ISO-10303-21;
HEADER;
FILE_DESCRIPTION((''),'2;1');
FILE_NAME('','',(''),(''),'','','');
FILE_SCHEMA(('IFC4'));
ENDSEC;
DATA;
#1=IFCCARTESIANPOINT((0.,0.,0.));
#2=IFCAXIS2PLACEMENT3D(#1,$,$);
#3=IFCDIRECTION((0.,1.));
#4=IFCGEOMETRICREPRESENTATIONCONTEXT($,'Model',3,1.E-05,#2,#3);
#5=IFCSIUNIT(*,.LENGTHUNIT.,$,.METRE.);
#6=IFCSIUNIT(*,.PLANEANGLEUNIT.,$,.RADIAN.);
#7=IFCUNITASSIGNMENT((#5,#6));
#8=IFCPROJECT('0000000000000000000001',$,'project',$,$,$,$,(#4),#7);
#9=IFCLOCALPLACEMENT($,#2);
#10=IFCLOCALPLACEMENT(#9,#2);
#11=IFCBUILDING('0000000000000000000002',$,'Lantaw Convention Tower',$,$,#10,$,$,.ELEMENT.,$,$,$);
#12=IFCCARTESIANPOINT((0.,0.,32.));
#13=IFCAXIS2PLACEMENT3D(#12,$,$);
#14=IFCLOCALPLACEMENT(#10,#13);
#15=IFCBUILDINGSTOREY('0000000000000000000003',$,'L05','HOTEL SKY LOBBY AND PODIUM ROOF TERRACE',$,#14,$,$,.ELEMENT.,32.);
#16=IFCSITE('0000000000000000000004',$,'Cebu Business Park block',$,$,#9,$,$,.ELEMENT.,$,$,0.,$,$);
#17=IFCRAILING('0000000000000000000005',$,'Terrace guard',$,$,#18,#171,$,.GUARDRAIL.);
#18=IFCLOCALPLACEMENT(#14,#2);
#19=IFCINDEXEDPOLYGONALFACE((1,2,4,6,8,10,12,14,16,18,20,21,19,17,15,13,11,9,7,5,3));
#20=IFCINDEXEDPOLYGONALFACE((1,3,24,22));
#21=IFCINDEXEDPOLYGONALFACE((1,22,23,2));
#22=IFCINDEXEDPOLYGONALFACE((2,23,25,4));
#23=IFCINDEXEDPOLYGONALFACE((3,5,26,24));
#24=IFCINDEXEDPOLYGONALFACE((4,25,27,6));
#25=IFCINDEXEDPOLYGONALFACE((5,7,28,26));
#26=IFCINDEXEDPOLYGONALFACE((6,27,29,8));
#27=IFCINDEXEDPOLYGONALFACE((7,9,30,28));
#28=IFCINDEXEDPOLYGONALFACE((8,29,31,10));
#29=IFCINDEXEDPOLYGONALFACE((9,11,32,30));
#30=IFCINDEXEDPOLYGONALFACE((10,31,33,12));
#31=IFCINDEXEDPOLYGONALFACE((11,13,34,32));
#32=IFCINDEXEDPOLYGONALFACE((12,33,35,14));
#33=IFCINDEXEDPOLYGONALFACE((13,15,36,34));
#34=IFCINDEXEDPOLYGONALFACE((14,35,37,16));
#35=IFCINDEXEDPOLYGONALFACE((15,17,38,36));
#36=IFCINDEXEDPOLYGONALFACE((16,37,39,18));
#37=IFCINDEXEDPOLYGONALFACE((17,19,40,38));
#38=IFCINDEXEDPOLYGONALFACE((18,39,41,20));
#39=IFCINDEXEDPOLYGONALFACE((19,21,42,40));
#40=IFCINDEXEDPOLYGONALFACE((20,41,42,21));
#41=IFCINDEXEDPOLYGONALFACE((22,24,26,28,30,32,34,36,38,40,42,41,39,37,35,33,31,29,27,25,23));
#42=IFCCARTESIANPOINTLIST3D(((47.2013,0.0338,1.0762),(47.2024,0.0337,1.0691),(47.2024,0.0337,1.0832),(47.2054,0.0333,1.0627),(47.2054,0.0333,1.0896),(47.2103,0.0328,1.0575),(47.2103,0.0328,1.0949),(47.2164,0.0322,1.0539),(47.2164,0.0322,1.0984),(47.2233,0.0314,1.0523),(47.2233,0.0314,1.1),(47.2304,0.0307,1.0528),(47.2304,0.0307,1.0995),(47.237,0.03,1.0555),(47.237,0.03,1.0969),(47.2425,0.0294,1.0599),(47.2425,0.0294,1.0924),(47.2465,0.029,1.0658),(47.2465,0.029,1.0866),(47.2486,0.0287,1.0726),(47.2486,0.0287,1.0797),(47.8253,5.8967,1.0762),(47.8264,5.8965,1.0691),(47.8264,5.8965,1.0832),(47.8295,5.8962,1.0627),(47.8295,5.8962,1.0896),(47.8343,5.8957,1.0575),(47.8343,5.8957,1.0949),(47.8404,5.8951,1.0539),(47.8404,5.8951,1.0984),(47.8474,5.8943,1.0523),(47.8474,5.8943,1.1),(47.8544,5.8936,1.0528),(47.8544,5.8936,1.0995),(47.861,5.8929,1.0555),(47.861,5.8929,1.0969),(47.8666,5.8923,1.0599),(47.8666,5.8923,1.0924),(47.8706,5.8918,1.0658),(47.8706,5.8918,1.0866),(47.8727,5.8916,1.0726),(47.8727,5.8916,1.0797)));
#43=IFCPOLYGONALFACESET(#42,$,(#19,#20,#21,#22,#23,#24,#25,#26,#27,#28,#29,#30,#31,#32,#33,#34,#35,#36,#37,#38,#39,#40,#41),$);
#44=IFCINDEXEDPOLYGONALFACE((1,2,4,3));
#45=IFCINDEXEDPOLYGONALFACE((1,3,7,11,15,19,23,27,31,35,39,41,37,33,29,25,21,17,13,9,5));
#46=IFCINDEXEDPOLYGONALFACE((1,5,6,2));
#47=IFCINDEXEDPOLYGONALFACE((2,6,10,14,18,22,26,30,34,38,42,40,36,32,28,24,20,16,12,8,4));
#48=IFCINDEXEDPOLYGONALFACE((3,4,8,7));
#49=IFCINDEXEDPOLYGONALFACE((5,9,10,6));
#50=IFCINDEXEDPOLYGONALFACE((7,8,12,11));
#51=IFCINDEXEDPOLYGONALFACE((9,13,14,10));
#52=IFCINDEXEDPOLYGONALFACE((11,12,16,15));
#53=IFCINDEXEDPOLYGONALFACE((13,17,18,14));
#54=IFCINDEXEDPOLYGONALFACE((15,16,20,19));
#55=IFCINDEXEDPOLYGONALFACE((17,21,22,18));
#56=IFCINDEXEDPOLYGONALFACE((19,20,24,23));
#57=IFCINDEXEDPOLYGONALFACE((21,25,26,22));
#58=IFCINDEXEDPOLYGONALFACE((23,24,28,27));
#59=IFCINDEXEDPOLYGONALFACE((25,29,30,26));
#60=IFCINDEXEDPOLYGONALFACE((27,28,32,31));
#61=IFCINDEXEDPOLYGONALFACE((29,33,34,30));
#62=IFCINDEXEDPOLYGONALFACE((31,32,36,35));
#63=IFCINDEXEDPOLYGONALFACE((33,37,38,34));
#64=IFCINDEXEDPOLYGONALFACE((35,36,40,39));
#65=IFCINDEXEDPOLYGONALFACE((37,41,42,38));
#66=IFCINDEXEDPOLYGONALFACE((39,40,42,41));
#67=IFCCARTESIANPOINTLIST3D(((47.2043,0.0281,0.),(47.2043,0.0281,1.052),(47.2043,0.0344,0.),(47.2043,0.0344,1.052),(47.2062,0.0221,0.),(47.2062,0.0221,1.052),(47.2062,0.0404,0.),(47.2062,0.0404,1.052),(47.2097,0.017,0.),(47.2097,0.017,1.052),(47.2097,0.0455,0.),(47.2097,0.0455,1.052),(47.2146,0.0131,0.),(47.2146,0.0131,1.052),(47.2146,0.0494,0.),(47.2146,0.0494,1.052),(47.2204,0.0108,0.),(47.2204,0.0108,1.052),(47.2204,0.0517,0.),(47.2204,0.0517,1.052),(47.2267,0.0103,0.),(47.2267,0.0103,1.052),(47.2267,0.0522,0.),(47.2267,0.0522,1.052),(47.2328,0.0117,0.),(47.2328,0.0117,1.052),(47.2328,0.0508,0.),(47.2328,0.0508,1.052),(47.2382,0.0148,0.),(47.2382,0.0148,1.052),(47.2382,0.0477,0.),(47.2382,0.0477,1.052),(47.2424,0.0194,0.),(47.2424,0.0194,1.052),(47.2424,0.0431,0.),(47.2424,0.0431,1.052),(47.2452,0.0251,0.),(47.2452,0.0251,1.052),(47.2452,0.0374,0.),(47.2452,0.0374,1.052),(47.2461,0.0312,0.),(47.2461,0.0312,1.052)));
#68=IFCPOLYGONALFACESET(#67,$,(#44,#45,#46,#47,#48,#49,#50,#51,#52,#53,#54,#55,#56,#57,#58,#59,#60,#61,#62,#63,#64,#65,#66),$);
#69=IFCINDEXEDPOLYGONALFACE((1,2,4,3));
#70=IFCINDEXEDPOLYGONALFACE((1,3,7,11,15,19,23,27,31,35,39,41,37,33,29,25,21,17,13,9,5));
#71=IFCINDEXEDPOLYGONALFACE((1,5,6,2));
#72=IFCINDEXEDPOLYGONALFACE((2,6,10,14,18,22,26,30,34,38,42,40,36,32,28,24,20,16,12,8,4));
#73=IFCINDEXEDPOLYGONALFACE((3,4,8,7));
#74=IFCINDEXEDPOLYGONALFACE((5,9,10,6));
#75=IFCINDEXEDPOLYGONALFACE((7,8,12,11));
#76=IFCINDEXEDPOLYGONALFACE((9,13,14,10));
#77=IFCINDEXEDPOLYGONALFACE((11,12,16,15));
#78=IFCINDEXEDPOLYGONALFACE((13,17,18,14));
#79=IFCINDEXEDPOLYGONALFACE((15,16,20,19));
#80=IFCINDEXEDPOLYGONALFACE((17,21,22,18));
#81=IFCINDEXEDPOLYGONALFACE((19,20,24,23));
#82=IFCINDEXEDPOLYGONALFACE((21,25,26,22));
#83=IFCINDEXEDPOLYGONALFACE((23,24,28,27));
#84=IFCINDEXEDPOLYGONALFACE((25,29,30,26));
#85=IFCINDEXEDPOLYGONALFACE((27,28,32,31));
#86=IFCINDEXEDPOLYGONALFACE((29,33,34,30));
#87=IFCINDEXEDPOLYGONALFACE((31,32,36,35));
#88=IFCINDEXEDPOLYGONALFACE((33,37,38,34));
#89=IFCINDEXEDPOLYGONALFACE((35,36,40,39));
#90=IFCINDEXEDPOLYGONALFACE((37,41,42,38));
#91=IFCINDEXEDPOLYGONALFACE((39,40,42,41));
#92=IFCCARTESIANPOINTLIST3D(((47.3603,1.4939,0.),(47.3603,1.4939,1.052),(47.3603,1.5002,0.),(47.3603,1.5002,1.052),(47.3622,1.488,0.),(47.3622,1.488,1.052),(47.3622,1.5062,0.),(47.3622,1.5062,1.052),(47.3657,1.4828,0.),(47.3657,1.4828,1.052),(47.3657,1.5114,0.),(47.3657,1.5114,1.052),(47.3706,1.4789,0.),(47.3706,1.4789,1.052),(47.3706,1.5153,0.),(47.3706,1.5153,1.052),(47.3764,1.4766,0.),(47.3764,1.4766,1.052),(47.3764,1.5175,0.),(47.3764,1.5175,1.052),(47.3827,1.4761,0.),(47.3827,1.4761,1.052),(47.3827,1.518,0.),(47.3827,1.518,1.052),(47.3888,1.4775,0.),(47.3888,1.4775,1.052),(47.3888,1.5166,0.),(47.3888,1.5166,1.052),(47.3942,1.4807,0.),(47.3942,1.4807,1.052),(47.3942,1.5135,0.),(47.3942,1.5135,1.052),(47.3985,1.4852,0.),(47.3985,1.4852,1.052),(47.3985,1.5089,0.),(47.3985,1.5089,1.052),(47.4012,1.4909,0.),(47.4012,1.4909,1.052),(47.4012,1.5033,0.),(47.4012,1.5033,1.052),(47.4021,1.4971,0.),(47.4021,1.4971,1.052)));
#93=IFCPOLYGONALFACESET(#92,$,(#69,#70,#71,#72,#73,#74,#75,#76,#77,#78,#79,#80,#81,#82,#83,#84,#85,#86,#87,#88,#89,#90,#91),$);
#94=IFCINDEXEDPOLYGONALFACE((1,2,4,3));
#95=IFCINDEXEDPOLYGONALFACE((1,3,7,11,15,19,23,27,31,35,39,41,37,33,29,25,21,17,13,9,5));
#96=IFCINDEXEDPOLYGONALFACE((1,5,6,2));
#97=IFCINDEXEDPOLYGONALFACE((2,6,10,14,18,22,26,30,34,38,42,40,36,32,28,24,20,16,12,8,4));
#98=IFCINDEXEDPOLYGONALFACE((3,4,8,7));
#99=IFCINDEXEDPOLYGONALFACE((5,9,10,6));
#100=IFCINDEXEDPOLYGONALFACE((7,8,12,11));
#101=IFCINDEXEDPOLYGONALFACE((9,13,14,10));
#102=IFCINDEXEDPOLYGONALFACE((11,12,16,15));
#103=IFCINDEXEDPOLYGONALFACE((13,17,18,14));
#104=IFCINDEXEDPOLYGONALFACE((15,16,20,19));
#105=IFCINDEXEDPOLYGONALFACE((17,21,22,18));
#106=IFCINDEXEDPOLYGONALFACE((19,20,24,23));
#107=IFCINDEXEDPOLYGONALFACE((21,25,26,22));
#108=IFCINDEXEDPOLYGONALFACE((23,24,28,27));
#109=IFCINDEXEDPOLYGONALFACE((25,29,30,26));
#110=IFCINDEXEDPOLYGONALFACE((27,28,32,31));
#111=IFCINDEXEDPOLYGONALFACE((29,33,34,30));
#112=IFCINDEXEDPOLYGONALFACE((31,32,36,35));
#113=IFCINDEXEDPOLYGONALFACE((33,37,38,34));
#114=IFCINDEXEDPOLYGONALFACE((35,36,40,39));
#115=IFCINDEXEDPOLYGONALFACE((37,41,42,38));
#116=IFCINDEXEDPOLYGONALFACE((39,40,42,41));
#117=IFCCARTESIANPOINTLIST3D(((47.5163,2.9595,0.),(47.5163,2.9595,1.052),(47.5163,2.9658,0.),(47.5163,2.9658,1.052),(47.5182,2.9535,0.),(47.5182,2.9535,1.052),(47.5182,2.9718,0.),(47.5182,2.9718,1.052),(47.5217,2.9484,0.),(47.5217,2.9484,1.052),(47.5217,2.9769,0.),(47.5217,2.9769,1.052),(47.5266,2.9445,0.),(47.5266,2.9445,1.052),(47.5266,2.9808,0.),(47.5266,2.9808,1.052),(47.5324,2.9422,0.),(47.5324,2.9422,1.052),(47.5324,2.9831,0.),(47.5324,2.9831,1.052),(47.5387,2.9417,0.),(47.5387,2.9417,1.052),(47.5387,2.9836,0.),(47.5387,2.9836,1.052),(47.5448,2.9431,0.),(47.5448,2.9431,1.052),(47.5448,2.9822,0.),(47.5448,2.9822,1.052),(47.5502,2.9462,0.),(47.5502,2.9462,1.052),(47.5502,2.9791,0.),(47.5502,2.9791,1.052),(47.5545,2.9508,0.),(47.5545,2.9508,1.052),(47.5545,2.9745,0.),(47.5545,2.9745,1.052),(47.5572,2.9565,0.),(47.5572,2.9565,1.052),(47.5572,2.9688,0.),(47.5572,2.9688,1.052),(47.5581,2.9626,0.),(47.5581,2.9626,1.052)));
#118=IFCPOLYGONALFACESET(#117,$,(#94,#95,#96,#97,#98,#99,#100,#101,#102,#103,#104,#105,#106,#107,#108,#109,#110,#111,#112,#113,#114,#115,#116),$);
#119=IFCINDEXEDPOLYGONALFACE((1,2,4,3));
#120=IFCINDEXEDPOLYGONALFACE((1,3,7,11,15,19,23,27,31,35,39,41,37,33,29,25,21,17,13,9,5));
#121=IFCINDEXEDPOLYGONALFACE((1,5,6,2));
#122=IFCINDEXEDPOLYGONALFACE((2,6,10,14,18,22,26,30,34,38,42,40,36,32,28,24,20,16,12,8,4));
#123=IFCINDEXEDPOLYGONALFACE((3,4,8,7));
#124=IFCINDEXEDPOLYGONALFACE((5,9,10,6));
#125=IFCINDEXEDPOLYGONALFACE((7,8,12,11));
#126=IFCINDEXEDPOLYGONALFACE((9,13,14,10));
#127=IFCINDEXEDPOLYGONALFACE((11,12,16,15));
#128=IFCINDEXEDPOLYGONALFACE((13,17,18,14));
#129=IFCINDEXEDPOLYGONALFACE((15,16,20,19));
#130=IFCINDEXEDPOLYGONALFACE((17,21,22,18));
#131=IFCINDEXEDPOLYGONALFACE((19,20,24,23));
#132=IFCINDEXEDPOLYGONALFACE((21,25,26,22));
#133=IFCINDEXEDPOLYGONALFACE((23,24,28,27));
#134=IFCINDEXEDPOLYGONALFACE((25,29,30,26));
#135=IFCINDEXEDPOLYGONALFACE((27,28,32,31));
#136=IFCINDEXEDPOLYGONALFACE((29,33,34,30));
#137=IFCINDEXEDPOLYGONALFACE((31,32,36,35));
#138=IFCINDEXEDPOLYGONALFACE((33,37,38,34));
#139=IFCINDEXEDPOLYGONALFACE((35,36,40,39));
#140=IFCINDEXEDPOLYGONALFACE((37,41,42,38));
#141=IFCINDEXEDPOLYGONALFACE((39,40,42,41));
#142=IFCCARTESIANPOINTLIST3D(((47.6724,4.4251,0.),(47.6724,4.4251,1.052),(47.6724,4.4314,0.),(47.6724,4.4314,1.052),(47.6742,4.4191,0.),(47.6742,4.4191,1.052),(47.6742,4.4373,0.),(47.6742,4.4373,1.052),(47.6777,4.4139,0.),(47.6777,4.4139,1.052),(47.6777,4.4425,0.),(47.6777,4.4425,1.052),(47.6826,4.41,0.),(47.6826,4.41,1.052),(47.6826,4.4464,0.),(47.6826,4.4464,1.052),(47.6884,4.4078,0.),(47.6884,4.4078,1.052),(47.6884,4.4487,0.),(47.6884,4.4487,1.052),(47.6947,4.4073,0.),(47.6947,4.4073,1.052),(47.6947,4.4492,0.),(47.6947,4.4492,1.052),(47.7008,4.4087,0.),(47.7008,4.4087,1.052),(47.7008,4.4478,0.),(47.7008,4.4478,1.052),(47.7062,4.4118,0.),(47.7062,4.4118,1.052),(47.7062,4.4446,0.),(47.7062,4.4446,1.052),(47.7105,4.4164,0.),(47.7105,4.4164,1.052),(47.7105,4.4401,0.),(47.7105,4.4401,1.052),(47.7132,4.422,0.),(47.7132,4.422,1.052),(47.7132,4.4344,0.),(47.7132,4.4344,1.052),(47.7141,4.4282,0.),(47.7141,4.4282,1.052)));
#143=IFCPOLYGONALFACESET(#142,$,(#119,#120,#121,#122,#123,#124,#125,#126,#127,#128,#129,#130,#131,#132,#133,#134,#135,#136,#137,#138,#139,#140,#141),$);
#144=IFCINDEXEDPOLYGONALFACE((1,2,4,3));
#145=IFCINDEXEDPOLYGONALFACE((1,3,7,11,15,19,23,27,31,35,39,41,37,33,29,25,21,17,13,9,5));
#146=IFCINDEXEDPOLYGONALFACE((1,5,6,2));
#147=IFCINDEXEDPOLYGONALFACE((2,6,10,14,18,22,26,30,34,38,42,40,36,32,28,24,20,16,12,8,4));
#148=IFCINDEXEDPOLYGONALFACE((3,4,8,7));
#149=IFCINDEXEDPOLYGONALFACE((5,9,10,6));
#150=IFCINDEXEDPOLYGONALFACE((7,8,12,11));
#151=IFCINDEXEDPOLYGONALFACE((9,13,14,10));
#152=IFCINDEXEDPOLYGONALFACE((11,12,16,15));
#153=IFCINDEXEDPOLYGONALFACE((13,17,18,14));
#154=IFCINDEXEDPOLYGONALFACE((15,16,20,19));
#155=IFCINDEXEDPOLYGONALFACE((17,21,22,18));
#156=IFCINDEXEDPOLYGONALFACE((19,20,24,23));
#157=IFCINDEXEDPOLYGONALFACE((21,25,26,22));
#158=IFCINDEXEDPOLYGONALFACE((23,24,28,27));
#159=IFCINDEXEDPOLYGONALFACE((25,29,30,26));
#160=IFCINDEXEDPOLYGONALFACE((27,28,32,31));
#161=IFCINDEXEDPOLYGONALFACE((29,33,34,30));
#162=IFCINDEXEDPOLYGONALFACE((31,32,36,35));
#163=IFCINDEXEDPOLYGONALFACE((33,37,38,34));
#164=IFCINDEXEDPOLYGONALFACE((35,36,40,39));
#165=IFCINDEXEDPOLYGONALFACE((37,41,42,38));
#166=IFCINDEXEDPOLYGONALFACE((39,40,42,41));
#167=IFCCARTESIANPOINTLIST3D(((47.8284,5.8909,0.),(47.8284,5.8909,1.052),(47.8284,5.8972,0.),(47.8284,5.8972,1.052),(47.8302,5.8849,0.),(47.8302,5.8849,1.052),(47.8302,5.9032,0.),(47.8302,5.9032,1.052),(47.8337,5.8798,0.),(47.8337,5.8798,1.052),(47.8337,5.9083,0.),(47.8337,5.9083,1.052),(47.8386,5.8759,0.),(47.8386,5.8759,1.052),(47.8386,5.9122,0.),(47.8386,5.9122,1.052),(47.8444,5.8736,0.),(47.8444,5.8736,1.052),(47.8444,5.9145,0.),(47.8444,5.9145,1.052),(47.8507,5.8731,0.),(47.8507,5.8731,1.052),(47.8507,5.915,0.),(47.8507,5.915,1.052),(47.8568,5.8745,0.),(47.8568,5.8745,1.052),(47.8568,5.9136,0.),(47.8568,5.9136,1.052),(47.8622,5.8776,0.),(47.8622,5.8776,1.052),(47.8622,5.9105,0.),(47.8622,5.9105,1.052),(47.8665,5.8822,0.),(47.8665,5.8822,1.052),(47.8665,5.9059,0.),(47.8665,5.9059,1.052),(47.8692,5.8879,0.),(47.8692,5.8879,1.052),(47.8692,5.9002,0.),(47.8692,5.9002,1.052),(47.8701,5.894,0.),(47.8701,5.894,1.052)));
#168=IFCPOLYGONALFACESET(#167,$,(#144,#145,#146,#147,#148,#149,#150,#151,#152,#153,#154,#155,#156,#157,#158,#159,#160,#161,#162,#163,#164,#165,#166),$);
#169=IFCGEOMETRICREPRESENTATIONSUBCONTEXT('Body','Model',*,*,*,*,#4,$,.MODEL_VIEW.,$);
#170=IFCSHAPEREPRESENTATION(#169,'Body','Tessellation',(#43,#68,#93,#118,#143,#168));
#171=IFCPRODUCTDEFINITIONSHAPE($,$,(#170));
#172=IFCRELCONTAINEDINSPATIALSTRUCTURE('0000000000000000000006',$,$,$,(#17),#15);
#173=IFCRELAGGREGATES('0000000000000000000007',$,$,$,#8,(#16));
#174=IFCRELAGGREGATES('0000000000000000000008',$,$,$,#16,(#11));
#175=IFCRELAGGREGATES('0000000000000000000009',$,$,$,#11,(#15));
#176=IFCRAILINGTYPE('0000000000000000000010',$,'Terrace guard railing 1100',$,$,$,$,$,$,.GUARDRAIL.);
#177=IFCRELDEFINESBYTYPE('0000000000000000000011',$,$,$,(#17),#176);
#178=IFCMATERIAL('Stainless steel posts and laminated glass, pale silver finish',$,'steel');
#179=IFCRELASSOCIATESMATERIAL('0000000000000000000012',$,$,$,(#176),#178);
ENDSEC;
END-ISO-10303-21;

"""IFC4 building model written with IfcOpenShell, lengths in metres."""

from ifc_helpers import new_model, si_unit, direction, frame, origin, origin_2d, place, context, subcontext, project, spatial, circle, extrude, material, type_object, element, save


model = new_model("IFC4")

# Units and contexts
model_context = context("Model", 3, precision=1e-05, world=origin(), true_north=direction((0.0, 1.0)))
body_context = subcontext(model_context, "Body", "Model", "MODEL_VIEW")
ifc_project = project(units=[si_unit("LENGTHUNIT", "METRE"), si_unit("PLANEANGLEUNIT", "RADIAN")], contexts=[model_context])

# Site, building, storey
site_placement = place(None, origin())
site = spatial("IfcSite", under=ifc_project, at=site_placement, Name="Cebu Business Park block", CompositionType="ELEMENT", RefElevation=0.0)
building_placement = place(site_placement, origin())
building = spatial("IfcBuilding", under=site, at=building_placement, Name="Lantaw Convention Tower", CompositionType="ELEMENT")
storey_placement = place(building_placement, frame((0.0, 0.0, 32.0)))
storey = spatial("IfcBuildingStorey", under=building, at=storey_placement, Name="L05", Description="HOTEL SKY LOBBY AND PODIUM ROOF TERRACE", CompositionType="ELEMENT", Elevation=32.0)

# Railing
ifc_material_1 = material(Name="Stainless steel posts and laminated glass, pale silver finish", Category="steel")
railing_type_1 = type_object("IfcRailingType", Name="Terrace guard railing 1100", PredefinedType="GUARDRAIL", material=ifc_material_1)
railing_1_placement = place(storey_placement, frame((47.2251, 0.0312, 0.0)))
element("IfcRailing", 1, at=railing_1_placement, inside=storey, type_object=railing_type_1, Name="Terrace guard", PredefinedType="GUARDRAIL", context=body_context, shape_type="SweptSolid", body=[
    extrude(circle(Radius=0.0239, at=origin_2d()), frame((0.0, 0.0, 1.0762), z_axis=(0.10584, 0.994383, 0.0), x_axis=(-0.994383, 0.10584, 0.0)), (0.0, 0.0, 1.0), 5.896),
    extrude(circle(Radius=0.021, at=origin_2d()), origin(), (0.0, 0.0, 1.0), 1.052),
    extrude(circle(Radius=0.021, at=origin_2d()), frame((0.156, 1.4658, 0.0)), (0.0, 0.0, 1.0), 1.052),
    extrude(circle(Radius=0.021, at=origin_2d()), frame((0.312, 2.9314, 0.0)), (0.0, 0.0, 1.0), 1.052),
    extrude(circle(Radius=0.021, at=origin_2d()), frame((0.468, 4.397, 0.0)), (0.0, 0.0, 1.0), 1.052),
    extrude(circle(Radius=0.021, at=origin_2d()), frame((0.624, 5.8628, 0.0)), (0.0, 0.0, 1.0), 1.052),
])

save(model, "model.ifc")
